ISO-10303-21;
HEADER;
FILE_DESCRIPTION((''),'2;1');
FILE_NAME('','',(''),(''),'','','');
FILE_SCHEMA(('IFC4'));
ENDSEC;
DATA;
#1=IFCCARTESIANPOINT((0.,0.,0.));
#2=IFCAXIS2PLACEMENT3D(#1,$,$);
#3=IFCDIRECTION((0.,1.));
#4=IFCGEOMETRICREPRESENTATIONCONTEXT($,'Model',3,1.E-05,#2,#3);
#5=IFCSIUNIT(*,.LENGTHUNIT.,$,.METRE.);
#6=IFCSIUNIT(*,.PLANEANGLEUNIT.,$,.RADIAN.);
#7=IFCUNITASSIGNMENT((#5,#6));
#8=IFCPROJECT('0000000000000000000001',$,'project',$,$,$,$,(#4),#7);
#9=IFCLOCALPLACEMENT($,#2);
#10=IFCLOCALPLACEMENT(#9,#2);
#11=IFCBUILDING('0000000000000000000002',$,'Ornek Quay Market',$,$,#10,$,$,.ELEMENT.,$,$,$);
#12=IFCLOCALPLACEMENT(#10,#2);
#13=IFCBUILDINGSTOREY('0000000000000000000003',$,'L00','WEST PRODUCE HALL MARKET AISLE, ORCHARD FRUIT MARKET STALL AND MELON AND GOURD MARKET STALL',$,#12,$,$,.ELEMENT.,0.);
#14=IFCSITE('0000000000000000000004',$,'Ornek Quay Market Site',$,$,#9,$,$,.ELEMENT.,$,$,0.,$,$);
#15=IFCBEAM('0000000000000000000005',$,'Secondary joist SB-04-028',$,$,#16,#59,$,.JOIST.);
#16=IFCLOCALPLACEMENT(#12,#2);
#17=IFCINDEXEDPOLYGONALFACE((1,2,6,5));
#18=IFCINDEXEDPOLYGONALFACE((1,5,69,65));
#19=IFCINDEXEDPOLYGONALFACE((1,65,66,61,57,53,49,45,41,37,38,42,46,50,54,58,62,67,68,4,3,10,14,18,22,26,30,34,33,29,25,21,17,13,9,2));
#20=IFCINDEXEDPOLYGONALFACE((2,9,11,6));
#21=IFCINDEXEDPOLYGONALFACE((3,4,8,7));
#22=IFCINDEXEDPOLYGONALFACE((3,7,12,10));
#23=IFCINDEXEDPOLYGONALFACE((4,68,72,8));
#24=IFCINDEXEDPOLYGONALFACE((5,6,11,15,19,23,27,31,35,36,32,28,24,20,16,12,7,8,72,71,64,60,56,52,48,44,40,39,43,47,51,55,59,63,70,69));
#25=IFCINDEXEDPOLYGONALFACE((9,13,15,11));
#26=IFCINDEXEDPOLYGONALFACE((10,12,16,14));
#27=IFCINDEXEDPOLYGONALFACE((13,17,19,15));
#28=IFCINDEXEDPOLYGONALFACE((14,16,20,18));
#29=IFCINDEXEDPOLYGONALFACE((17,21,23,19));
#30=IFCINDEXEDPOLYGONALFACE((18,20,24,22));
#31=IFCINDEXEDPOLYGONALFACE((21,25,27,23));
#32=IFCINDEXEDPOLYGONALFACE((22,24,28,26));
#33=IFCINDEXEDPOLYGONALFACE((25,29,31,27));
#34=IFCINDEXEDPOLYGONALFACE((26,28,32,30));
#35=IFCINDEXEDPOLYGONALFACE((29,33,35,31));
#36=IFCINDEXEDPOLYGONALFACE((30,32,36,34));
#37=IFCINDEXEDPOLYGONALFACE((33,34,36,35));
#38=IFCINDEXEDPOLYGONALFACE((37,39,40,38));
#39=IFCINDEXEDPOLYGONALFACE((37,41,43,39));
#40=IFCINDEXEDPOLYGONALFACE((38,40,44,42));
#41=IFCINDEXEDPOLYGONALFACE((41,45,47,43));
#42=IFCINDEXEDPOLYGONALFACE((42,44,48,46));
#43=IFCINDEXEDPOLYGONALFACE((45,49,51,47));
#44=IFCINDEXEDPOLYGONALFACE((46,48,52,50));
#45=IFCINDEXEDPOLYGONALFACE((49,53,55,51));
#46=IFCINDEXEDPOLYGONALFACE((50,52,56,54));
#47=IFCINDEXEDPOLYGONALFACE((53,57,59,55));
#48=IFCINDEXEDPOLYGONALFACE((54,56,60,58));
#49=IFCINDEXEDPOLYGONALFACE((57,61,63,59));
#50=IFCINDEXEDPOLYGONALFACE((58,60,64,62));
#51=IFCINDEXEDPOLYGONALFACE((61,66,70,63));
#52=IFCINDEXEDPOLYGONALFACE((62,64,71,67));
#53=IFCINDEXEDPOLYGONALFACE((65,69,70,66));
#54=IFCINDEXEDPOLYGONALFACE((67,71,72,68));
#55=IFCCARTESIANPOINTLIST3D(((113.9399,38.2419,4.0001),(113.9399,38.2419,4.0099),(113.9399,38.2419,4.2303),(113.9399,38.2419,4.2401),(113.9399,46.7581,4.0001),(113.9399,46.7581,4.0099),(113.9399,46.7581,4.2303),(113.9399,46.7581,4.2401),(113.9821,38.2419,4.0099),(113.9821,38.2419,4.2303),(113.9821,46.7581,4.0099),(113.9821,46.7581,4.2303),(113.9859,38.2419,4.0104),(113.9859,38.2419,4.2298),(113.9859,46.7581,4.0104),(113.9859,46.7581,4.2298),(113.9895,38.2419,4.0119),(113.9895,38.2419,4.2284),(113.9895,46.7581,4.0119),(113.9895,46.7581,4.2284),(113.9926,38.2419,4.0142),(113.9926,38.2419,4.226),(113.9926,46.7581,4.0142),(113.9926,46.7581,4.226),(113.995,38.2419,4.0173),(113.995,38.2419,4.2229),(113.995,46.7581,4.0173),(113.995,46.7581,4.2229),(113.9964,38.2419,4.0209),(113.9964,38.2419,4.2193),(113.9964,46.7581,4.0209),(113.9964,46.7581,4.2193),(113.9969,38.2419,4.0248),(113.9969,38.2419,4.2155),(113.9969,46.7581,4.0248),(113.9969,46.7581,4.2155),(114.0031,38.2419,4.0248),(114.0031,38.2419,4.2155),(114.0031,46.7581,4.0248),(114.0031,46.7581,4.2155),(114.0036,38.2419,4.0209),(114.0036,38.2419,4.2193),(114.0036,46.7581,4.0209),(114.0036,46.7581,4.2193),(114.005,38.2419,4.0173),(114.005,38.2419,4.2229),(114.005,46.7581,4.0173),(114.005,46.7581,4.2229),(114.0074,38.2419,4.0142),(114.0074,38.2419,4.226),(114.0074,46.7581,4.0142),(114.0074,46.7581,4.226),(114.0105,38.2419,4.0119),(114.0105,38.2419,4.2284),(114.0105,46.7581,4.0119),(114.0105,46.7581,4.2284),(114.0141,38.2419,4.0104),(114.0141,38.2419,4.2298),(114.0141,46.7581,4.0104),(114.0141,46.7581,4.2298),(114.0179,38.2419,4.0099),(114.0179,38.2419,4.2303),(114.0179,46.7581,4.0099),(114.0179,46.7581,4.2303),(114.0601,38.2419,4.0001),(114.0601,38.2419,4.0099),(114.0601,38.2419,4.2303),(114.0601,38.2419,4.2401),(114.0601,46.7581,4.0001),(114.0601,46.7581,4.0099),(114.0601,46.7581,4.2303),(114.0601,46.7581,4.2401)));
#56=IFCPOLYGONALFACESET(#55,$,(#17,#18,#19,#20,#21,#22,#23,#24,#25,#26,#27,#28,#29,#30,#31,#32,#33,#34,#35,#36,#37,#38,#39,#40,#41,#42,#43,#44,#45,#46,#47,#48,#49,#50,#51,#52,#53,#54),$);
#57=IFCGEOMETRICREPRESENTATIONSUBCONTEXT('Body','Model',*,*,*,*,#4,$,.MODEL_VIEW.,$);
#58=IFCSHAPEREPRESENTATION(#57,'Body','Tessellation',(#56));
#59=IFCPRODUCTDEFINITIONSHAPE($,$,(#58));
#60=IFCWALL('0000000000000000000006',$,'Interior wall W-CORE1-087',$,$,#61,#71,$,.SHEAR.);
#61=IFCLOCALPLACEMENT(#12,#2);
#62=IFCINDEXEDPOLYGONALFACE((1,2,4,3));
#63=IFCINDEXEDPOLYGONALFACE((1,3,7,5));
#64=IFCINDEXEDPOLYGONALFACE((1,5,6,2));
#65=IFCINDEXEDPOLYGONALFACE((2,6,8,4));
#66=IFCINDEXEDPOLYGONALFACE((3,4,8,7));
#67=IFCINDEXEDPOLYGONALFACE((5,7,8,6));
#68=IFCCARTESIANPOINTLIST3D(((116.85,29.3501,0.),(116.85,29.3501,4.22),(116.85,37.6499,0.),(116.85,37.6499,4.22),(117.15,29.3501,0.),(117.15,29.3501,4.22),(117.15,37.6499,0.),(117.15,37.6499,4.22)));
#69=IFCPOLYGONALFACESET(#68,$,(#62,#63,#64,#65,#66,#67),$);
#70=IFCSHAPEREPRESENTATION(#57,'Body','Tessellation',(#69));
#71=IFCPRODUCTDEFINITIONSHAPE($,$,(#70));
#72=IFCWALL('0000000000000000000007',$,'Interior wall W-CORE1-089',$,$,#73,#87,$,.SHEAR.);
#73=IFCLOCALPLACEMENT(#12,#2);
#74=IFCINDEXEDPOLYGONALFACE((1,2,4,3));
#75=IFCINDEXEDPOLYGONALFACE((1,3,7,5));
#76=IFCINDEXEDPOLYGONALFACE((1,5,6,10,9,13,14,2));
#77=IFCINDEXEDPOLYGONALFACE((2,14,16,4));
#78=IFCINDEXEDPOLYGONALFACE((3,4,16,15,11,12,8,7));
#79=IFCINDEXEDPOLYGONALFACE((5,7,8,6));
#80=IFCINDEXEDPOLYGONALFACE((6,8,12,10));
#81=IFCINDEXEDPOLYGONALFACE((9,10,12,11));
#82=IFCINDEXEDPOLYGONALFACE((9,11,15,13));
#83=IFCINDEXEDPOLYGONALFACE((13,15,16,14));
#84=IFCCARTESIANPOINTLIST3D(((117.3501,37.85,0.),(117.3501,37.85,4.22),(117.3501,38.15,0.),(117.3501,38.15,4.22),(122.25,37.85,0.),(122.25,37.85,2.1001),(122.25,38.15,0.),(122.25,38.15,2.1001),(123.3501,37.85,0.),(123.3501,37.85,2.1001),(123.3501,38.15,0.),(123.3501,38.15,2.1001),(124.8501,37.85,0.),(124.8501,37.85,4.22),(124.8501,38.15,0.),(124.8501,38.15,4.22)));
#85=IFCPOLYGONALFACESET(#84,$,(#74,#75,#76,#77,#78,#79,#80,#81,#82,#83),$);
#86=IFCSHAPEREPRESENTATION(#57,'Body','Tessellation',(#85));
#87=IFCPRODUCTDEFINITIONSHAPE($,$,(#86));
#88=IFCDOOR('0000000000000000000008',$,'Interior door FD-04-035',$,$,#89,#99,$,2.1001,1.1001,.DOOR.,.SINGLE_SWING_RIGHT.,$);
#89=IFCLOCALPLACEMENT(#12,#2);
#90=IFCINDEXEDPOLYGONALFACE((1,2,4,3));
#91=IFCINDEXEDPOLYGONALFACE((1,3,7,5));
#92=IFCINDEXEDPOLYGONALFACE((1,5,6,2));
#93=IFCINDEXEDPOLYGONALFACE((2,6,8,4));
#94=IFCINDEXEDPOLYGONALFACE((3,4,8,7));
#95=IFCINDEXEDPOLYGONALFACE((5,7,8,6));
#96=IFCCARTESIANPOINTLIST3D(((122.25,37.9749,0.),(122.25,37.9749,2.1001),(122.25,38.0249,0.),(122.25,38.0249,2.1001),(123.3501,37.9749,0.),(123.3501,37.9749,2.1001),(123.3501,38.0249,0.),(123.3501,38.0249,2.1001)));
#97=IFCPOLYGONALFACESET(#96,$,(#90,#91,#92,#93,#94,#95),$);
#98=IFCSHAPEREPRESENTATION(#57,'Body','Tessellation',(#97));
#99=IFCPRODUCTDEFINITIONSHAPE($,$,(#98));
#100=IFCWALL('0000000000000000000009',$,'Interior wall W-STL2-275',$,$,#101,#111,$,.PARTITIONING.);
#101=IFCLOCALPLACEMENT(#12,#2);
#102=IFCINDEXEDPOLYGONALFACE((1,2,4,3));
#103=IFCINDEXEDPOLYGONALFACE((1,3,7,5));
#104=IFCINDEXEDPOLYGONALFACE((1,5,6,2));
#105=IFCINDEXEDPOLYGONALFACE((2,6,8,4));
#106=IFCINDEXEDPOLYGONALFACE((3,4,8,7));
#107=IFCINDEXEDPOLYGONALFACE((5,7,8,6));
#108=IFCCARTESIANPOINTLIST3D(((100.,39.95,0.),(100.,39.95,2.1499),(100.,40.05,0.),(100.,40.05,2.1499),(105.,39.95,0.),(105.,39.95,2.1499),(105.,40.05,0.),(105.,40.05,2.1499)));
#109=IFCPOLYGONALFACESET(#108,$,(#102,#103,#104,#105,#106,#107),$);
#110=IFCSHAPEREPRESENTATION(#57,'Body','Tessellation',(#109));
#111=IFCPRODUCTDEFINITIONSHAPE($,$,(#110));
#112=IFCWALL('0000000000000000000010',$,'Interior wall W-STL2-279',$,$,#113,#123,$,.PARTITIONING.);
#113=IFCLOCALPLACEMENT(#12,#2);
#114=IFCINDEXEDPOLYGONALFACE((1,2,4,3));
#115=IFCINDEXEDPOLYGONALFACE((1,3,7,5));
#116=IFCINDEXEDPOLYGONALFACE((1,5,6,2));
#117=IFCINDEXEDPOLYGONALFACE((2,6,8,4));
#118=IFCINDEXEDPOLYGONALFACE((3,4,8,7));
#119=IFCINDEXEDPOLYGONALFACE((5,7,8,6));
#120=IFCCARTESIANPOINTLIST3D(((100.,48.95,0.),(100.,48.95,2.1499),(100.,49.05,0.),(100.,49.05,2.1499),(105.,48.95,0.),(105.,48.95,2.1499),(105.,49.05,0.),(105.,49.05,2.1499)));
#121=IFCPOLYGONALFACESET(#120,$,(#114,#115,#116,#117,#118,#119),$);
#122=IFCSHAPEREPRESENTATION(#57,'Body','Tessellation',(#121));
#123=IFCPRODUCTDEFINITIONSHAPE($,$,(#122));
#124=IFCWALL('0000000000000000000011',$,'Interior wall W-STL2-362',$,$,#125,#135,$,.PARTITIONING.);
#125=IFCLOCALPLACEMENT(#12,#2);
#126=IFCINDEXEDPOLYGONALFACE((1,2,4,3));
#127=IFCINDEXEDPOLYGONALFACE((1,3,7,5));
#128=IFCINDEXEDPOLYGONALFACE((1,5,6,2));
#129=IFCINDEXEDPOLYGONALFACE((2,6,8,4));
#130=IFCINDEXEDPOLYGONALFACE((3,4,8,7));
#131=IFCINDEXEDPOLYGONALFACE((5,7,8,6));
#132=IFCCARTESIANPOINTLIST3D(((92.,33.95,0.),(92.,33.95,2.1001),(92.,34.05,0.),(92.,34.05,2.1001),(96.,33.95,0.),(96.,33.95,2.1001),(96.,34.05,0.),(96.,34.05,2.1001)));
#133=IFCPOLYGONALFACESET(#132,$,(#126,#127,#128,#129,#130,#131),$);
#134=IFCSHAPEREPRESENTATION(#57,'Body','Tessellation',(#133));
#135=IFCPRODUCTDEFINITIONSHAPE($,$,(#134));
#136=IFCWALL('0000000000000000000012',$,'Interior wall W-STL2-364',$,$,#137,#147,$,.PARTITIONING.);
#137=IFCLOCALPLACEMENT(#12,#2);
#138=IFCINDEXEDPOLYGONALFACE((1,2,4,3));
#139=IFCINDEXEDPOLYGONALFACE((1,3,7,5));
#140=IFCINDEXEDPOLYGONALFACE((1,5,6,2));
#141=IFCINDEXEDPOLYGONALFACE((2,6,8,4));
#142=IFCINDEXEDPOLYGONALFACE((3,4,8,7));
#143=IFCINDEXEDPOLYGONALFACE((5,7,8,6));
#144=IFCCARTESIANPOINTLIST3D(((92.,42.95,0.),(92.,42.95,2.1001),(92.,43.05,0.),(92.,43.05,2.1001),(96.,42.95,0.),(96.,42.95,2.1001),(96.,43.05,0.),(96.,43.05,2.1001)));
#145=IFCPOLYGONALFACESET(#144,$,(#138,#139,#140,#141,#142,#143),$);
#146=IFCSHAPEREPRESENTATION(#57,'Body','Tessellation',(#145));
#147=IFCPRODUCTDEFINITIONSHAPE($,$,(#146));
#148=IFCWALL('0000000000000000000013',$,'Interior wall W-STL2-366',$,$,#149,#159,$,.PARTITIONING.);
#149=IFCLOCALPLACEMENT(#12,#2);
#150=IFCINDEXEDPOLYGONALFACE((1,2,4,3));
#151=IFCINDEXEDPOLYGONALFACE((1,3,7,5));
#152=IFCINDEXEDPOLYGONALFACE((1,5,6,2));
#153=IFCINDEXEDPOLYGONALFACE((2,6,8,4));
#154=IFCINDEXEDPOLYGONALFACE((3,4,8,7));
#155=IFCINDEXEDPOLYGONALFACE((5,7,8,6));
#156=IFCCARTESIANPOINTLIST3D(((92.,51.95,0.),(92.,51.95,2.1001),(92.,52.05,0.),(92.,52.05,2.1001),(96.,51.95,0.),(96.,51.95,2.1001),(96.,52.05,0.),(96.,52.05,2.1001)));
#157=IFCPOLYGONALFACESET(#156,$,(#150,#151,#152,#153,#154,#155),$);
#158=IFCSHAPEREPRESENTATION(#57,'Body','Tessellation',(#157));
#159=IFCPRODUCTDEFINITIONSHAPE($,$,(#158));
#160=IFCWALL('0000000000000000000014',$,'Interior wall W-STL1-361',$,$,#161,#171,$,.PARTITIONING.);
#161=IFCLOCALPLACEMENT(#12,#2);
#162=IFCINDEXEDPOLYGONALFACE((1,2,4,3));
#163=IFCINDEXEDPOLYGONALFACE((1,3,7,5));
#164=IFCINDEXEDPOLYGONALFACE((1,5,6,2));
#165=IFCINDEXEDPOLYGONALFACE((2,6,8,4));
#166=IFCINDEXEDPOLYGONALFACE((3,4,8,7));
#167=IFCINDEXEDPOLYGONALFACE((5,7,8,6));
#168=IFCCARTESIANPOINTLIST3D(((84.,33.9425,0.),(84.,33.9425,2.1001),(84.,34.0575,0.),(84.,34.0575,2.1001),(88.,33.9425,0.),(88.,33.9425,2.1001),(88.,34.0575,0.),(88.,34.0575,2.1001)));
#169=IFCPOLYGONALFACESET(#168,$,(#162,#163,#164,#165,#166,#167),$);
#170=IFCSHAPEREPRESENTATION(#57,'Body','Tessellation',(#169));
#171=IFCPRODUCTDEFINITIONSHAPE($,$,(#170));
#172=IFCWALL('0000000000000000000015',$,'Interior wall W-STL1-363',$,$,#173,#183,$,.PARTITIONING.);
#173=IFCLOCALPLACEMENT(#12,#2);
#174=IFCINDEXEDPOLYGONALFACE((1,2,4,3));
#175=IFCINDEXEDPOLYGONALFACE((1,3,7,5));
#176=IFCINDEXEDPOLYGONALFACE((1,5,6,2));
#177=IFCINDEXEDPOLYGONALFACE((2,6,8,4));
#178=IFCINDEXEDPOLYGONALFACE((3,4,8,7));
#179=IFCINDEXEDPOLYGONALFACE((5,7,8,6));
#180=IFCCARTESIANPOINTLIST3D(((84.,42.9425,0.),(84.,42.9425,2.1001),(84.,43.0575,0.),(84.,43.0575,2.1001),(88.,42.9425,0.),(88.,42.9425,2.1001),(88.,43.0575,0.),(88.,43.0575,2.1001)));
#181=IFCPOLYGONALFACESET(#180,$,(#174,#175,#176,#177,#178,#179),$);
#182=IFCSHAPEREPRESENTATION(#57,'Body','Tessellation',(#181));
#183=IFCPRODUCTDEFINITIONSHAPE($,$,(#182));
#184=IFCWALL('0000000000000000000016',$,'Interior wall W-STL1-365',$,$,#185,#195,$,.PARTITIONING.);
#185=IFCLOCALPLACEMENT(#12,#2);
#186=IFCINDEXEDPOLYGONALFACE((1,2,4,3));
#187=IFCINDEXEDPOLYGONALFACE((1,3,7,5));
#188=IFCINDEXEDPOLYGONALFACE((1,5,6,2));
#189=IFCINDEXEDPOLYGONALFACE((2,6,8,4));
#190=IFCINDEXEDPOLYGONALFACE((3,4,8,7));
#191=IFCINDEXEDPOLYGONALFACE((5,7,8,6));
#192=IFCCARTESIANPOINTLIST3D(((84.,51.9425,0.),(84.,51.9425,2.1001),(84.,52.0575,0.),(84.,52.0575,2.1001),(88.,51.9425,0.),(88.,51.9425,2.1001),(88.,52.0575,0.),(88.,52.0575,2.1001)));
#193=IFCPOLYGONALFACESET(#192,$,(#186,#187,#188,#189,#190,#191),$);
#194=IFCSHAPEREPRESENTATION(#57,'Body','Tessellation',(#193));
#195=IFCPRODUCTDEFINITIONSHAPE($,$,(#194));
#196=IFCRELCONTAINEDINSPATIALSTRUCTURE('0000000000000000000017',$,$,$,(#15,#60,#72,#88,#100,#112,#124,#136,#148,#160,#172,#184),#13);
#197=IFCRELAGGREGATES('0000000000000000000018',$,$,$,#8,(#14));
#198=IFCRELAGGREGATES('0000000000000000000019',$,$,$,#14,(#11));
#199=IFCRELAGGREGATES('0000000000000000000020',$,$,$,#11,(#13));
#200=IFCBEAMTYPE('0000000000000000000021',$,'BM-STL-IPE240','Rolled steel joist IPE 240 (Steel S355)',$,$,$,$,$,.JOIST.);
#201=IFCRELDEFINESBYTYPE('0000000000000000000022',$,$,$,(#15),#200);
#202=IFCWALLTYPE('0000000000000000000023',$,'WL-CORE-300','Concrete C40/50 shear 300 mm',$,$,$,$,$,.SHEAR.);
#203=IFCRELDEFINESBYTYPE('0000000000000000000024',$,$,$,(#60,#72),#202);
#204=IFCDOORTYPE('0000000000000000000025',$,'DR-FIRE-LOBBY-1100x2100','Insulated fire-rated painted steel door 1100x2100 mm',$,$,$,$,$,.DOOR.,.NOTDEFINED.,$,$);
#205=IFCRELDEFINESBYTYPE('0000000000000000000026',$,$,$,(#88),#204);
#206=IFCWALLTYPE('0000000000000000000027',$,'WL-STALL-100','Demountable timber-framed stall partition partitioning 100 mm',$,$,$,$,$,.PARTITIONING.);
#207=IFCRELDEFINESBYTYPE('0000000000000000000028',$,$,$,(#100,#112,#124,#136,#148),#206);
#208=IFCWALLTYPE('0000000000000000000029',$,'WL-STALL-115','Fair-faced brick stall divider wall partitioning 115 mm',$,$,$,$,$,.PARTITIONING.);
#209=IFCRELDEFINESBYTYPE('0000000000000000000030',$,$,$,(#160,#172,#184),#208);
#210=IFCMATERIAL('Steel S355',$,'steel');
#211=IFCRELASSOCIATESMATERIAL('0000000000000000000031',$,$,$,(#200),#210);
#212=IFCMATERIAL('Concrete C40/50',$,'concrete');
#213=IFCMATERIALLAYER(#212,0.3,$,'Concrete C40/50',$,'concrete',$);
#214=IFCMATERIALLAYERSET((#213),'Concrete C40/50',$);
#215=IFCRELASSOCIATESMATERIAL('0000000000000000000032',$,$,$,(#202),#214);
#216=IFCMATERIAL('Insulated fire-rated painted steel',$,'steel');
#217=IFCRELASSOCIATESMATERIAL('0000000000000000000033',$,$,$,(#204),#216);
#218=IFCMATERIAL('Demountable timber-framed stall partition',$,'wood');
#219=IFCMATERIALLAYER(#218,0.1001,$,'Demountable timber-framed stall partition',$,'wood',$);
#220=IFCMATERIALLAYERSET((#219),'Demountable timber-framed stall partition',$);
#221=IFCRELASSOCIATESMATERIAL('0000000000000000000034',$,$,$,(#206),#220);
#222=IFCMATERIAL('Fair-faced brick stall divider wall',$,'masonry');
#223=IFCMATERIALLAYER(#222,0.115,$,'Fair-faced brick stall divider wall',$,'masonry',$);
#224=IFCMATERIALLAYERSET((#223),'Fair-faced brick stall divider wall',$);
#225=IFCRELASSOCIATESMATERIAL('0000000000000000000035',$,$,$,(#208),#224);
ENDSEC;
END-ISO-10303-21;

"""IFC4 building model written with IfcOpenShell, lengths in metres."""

from ifc_helpers import new_model, si_unit, direction, frame, frame_2d, origin, origin_2d, place, context, subcontext, project, spatial, rectangle, i_section, extrude, material, layer, layer_set, material_profile, profile_set, type_object, element, fill, save


model = new_model("IFC4")

# Units and contexts
model_context = context("Model", 3, precision=1e-05, world=origin(), true_north=direction((0.0, 1.0)))
body_context = subcontext(model_context, "Body", "Model", "MODEL_VIEW")
ifc_project = project(units=[si_unit("LENGTHUNIT", "METRE"), si_unit("PLANEANGLEUNIT", "RADIAN")], contexts=[model_context])

# Site, building, storey
site_placement = place(None, origin())
site = spatial("IfcSite", under=ifc_project, at=site_placement, Name="Ornek Quay Market Site", CompositionType="ELEMENT", RefElevation=0.0)
building_placement = place(site_placement, origin())
building = spatial("IfcBuilding", under=site, at=building_placement, Name="Ornek Quay Market", CompositionType="ELEMENT")
storey_placement = place(building_placement, origin())
storey = spatial("IfcBuildingStorey", under=building, at=storey_placement, Name="L00", Description="WEST PRODUCE HALL MARKET AISLE, ORCHARD FRUIT MARKET STALL AND MELON AND GOURD MARKET STALL", CompositionType="ELEMENT", Elevation=0.0)

# Shared definitions
ifc_material_1 = material(Name="Concrete C40/50", Category="concrete")

# Beam
ifc_material_2 = material(Name="Steel S355", Category="steel")
ifc_material_profile_1 = material_profile(ifc_material_2, i_section(OverallWidth=0.1201, OverallDepth=0.24, WebThickness=0.0061, FlangeThickness=0.0098, FilletRadius=0.0149, at=origin_2d()), Name="IPE 240", Category="steel")
ifc_profile_set_1 = profile_set([ifc_material_profile_1], Name="Steel S355")
beam_type_1 = type_object("IfcBeamType", Name="BM-STL-IPE240", Description="Rolled steel joist IPE 240 (Steel S355)", PredefinedType="JOIST", material=ifc_profile_set_1)
for number, where, z_axis, x_axis, name in (
    (1, (114.0, 38.2419, 4.1201), (0.0, 1.0, 0.0), (-1.0, 0.0, 0.0), "Secondary joist SB-04-028"),
):
    element("IfcBeam", number, at=place(storey_placement, frame(where, z_axis=z_axis, x_axis=x_axis)), inside=storey, type_object=beam_type_1, Name=name, PredefinedType="JOIST", context=body_context, shape_type="SweptSolid", body=[
        extrude(i_section(OverallWidth=0.1201, OverallDepth=0.24, WebThickness=0.0061, FlangeThickness=0.0098, FilletRadius=0.0149, at=origin_2d()), origin(), (0.0, 0.0, 1.0), 8.5161),
    ])

# Wall
ifc_layer_1 = layer(ifc_material_1, 0.3, Name="Concrete C40/50", Category="concrete")
ifc_layer_set_1 = layer_set([ifc_layer_1], Name="Concrete C40/50")
wall_type_1 = type_object("IfcWallType", Name="WL-CORE-300", Description="Concrete C40/50 shear 300 mm", PredefinedType="SHEAR", material=ifc_layer_set_1)
wall_1_placement = place(storey_placement, frame((117.0, 29.3501, 0.0), z_axis=(0.0, 0.0, 1.0), x_axis=(0.0, 1.0, 0.0)))
element("IfcWall", 2, at=wall_1_placement, inside=storey, type_object=wall_type_1, Name="Interior wall W-CORE1-087", PredefinedType="SHEAR", context=body_context, shape_type="SweptSolid", body=[
    extrude(rectangle(XDim=8.2998, YDim=0.3, at=frame_2d((4.1499, 0.0))), origin(), (0.0, 0.0, 1.0), 4.22),
])

# Wall, opening, door
wall_2_placement = place(storey_placement, frame((117.3501, 38.0, 0.0), z_axis=(0.0, 0.0, 1.0), x_axis=(1.0, 0.0, 0.0)))
wall_2 = element("IfcWall", 3, at=wall_2_placement, inside=storey, type_object=wall_type_1, Name="Interior wall W-CORE1-089", PredefinedType="SHEAR", context=body_context, shape_type="SweptSolid", body=[
    extrude(rectangle(XDim=7.5, YDim=0.3, at=frame_2d((3.75, 0.0))), origin(), (0.0, 0.0, 1.0), 4.22),
])
opening_placement = place(wall_2_placement, frame((4.8999, 0.0, 0.0)))
opening = element("IfcOpeningElement", 4, at=opening_placement, cuts=wall_2, PredefinedType="OPENING", context=body_context, shape_type="SweptSolid", body=[
    extrude(rectangle(XDim=1.1001, YDim=2.1001, at=frame_2d((0.55, 1.05))), frame((0.0, 0.1599, 0.0), z_axis=(0.0, -1.0, 0.0), x_axis=(1.0, 0.0, 0.0)), (0.0, 0.0, 1.0), 0.3201),
])
ifc_material_3 = material(Name="Insulated fire-rated painted steel", Category="steel")
door_type = type_object("IfcDoorType", Name="DR-FIRE-LOBBY-1100x2100", Description="Insulated fire-rated painted steel door 1100x2100 mm", OperationType="NOTDEFINED", PredefinedType="DOOR", material=ifc_material_3)
door_placement = place(opening_placement, origin())
door = element("IfcDoor", 5, at=door_placement, inside=storey, type_object=door_type, Name="Interior door FD-04-035", OperationType="SINGLE_SWING_RIGHT", OverallHeight=2.1001, OverallWidth=1.1001, PredefinedType="DOOR", context=body_context, shape_type="SweptSolid", body=[
    extrude(rectangle(XDim=1.1001, YDim=2.1001, at=frame_2d((0.55, 1.05))), frame((0.0, 0.0249, 0.0), z_axis=(0.0, -1.0, 0.0), x_axis=(1.0, 0.0, 0.0)), (0.0, 0.0, 1.0), 0.05),
])
fill(opening, door)

# Walls
ifc_material_4 = material(Name="Demountable timber-framed stall partition", Category="wood")
ifc_layer_2 = layer(ifc_material_4, 0.1001, Name="Demountable timber-framed stall partition", Category="wood")
ifc_layer_set_2 = layer_set([ifc_layer_2], Name="Demountable timber-framed stall partition")
wall_type_2 = type_object("IfcWallType", Name="WL-STALL-100", Description="Demountable timber-framed stall partition partitioning 100 mm", PredefinedType="PARTITIONING", material=ifc_layer_set_2)
for number, where, z_axis, x_axis, name in (
    (6, (100.0, 40.0, 0.0), (0.0, 0.0, 1.0), (1.0, 0.0, 0.0), "Interior wall W-STL2-275"),
    (7, (100.0, 49.0, 0.0), (0.0, 0.0, 1.0), (1.0, 0.0, 0.0), "Interior wall W-STL2-279"),
):
    element("IfcWall", number, at=place(storey_placement, frame(where, z_axis=z_axis, x_axis=x_axis)), inside=storey, type_object=wall_type_2, Name=name, PredefinedType="PARTITIONING", context=body_context, shape_type="SweptSolid", body=[
        extrude(rectangle(XDim=5.0, YDim=0.1001, at=frame_2d((2.5, 0.0))), origin(), (0.0, 0.0, 1.0), 2.1499),
    ])
for number, where, z_axis, x_axis, name in (
    (8, (92.0, 34.0, 0.0), (0.0, 0.0, 1.0), (1.0, 0.0, 0.0), "Interior wall W-STL2-362"),
    (9, (92.0, 43.0, 0.0), (0.0, 0.0, 1.0), (1.0, 0.0, 0.0), "Interior wall W-STL2-364"),
    (10, (92.0, 52.0, 0.0), (0.0, 0.0, 1.0), (1.0, 0.0, 0.0), "Interior wall W-STL2-366"),
):
    element("IfcWall", number, at=place(storey_placement, frame(where, z_axis=z_axis, x_axis=x_axis)), inside=storey, type_object=wall_type_2, Name=name, PredefinedType="PARTITIONING", context=body_context, shape_type="SweptSolid", body=[
        extrude(rectangle(XDim=4.0, YDim=0.1001, at=frame_2d((2.0, 0.0))), origin(), (0.0, 0.0, 1.0), 2.1001),
    ])
ifc_material_5 = material(Name="Fair-faced brick stall divider wall", Category="masonry")
ifc_layer_3 = layer(ifc_material_5, 0.115, Name="Fair-faced brick stall divider wall", Category="masonry")
ifc_layer_set_3 = layer_set([ifc_layer_3], Name="Fair-faced brick stall divider wall")
wall_type_3 = type_object("IfcWallType", Name="WL-STALL-115", Description="Fair-faced brick stall divider wall partitioning 115 mm", PredefinedType="PARTITIONING", material=ifc_layer_set_3)
for number, where, z_axis, x_axis, name in (
    (11, (84.0, 34.0, 0.0), (0.0, 0.0, 1.0), (1.0, 0.0, 0.0), "Interior wall W-STL1-361"),
    (12, (84.0, 43.0, 0.0), (0.0, 0.0, 1.0), (1.0, 0.0, 0.0), "Interior wall W-STL1-363"),
    (13, (84.0, 52.0, 0.0), (0.0, 0.0, 1.0), (1.0, 0.0, 0.0), "Interior wall W-STL1-365"),
):
    element("IfcWall", number, at=place(storey_placement, frame(where, z_axis=z_axis, x_axis=x_axis)), inside=storey, type_object=wall_type_3, Name=name, PredefinedType="PARTITIONING", context=body_context, shape_type="SweptSolid", body=[
        extrude(rectangle(XDim=4.0, YDim=0.115, at=frame_2d((2.0, 0.0))), origin(), (0.0, 0.0, 1.0), 2.1001),
    ])

save(model, "model.ifc")
